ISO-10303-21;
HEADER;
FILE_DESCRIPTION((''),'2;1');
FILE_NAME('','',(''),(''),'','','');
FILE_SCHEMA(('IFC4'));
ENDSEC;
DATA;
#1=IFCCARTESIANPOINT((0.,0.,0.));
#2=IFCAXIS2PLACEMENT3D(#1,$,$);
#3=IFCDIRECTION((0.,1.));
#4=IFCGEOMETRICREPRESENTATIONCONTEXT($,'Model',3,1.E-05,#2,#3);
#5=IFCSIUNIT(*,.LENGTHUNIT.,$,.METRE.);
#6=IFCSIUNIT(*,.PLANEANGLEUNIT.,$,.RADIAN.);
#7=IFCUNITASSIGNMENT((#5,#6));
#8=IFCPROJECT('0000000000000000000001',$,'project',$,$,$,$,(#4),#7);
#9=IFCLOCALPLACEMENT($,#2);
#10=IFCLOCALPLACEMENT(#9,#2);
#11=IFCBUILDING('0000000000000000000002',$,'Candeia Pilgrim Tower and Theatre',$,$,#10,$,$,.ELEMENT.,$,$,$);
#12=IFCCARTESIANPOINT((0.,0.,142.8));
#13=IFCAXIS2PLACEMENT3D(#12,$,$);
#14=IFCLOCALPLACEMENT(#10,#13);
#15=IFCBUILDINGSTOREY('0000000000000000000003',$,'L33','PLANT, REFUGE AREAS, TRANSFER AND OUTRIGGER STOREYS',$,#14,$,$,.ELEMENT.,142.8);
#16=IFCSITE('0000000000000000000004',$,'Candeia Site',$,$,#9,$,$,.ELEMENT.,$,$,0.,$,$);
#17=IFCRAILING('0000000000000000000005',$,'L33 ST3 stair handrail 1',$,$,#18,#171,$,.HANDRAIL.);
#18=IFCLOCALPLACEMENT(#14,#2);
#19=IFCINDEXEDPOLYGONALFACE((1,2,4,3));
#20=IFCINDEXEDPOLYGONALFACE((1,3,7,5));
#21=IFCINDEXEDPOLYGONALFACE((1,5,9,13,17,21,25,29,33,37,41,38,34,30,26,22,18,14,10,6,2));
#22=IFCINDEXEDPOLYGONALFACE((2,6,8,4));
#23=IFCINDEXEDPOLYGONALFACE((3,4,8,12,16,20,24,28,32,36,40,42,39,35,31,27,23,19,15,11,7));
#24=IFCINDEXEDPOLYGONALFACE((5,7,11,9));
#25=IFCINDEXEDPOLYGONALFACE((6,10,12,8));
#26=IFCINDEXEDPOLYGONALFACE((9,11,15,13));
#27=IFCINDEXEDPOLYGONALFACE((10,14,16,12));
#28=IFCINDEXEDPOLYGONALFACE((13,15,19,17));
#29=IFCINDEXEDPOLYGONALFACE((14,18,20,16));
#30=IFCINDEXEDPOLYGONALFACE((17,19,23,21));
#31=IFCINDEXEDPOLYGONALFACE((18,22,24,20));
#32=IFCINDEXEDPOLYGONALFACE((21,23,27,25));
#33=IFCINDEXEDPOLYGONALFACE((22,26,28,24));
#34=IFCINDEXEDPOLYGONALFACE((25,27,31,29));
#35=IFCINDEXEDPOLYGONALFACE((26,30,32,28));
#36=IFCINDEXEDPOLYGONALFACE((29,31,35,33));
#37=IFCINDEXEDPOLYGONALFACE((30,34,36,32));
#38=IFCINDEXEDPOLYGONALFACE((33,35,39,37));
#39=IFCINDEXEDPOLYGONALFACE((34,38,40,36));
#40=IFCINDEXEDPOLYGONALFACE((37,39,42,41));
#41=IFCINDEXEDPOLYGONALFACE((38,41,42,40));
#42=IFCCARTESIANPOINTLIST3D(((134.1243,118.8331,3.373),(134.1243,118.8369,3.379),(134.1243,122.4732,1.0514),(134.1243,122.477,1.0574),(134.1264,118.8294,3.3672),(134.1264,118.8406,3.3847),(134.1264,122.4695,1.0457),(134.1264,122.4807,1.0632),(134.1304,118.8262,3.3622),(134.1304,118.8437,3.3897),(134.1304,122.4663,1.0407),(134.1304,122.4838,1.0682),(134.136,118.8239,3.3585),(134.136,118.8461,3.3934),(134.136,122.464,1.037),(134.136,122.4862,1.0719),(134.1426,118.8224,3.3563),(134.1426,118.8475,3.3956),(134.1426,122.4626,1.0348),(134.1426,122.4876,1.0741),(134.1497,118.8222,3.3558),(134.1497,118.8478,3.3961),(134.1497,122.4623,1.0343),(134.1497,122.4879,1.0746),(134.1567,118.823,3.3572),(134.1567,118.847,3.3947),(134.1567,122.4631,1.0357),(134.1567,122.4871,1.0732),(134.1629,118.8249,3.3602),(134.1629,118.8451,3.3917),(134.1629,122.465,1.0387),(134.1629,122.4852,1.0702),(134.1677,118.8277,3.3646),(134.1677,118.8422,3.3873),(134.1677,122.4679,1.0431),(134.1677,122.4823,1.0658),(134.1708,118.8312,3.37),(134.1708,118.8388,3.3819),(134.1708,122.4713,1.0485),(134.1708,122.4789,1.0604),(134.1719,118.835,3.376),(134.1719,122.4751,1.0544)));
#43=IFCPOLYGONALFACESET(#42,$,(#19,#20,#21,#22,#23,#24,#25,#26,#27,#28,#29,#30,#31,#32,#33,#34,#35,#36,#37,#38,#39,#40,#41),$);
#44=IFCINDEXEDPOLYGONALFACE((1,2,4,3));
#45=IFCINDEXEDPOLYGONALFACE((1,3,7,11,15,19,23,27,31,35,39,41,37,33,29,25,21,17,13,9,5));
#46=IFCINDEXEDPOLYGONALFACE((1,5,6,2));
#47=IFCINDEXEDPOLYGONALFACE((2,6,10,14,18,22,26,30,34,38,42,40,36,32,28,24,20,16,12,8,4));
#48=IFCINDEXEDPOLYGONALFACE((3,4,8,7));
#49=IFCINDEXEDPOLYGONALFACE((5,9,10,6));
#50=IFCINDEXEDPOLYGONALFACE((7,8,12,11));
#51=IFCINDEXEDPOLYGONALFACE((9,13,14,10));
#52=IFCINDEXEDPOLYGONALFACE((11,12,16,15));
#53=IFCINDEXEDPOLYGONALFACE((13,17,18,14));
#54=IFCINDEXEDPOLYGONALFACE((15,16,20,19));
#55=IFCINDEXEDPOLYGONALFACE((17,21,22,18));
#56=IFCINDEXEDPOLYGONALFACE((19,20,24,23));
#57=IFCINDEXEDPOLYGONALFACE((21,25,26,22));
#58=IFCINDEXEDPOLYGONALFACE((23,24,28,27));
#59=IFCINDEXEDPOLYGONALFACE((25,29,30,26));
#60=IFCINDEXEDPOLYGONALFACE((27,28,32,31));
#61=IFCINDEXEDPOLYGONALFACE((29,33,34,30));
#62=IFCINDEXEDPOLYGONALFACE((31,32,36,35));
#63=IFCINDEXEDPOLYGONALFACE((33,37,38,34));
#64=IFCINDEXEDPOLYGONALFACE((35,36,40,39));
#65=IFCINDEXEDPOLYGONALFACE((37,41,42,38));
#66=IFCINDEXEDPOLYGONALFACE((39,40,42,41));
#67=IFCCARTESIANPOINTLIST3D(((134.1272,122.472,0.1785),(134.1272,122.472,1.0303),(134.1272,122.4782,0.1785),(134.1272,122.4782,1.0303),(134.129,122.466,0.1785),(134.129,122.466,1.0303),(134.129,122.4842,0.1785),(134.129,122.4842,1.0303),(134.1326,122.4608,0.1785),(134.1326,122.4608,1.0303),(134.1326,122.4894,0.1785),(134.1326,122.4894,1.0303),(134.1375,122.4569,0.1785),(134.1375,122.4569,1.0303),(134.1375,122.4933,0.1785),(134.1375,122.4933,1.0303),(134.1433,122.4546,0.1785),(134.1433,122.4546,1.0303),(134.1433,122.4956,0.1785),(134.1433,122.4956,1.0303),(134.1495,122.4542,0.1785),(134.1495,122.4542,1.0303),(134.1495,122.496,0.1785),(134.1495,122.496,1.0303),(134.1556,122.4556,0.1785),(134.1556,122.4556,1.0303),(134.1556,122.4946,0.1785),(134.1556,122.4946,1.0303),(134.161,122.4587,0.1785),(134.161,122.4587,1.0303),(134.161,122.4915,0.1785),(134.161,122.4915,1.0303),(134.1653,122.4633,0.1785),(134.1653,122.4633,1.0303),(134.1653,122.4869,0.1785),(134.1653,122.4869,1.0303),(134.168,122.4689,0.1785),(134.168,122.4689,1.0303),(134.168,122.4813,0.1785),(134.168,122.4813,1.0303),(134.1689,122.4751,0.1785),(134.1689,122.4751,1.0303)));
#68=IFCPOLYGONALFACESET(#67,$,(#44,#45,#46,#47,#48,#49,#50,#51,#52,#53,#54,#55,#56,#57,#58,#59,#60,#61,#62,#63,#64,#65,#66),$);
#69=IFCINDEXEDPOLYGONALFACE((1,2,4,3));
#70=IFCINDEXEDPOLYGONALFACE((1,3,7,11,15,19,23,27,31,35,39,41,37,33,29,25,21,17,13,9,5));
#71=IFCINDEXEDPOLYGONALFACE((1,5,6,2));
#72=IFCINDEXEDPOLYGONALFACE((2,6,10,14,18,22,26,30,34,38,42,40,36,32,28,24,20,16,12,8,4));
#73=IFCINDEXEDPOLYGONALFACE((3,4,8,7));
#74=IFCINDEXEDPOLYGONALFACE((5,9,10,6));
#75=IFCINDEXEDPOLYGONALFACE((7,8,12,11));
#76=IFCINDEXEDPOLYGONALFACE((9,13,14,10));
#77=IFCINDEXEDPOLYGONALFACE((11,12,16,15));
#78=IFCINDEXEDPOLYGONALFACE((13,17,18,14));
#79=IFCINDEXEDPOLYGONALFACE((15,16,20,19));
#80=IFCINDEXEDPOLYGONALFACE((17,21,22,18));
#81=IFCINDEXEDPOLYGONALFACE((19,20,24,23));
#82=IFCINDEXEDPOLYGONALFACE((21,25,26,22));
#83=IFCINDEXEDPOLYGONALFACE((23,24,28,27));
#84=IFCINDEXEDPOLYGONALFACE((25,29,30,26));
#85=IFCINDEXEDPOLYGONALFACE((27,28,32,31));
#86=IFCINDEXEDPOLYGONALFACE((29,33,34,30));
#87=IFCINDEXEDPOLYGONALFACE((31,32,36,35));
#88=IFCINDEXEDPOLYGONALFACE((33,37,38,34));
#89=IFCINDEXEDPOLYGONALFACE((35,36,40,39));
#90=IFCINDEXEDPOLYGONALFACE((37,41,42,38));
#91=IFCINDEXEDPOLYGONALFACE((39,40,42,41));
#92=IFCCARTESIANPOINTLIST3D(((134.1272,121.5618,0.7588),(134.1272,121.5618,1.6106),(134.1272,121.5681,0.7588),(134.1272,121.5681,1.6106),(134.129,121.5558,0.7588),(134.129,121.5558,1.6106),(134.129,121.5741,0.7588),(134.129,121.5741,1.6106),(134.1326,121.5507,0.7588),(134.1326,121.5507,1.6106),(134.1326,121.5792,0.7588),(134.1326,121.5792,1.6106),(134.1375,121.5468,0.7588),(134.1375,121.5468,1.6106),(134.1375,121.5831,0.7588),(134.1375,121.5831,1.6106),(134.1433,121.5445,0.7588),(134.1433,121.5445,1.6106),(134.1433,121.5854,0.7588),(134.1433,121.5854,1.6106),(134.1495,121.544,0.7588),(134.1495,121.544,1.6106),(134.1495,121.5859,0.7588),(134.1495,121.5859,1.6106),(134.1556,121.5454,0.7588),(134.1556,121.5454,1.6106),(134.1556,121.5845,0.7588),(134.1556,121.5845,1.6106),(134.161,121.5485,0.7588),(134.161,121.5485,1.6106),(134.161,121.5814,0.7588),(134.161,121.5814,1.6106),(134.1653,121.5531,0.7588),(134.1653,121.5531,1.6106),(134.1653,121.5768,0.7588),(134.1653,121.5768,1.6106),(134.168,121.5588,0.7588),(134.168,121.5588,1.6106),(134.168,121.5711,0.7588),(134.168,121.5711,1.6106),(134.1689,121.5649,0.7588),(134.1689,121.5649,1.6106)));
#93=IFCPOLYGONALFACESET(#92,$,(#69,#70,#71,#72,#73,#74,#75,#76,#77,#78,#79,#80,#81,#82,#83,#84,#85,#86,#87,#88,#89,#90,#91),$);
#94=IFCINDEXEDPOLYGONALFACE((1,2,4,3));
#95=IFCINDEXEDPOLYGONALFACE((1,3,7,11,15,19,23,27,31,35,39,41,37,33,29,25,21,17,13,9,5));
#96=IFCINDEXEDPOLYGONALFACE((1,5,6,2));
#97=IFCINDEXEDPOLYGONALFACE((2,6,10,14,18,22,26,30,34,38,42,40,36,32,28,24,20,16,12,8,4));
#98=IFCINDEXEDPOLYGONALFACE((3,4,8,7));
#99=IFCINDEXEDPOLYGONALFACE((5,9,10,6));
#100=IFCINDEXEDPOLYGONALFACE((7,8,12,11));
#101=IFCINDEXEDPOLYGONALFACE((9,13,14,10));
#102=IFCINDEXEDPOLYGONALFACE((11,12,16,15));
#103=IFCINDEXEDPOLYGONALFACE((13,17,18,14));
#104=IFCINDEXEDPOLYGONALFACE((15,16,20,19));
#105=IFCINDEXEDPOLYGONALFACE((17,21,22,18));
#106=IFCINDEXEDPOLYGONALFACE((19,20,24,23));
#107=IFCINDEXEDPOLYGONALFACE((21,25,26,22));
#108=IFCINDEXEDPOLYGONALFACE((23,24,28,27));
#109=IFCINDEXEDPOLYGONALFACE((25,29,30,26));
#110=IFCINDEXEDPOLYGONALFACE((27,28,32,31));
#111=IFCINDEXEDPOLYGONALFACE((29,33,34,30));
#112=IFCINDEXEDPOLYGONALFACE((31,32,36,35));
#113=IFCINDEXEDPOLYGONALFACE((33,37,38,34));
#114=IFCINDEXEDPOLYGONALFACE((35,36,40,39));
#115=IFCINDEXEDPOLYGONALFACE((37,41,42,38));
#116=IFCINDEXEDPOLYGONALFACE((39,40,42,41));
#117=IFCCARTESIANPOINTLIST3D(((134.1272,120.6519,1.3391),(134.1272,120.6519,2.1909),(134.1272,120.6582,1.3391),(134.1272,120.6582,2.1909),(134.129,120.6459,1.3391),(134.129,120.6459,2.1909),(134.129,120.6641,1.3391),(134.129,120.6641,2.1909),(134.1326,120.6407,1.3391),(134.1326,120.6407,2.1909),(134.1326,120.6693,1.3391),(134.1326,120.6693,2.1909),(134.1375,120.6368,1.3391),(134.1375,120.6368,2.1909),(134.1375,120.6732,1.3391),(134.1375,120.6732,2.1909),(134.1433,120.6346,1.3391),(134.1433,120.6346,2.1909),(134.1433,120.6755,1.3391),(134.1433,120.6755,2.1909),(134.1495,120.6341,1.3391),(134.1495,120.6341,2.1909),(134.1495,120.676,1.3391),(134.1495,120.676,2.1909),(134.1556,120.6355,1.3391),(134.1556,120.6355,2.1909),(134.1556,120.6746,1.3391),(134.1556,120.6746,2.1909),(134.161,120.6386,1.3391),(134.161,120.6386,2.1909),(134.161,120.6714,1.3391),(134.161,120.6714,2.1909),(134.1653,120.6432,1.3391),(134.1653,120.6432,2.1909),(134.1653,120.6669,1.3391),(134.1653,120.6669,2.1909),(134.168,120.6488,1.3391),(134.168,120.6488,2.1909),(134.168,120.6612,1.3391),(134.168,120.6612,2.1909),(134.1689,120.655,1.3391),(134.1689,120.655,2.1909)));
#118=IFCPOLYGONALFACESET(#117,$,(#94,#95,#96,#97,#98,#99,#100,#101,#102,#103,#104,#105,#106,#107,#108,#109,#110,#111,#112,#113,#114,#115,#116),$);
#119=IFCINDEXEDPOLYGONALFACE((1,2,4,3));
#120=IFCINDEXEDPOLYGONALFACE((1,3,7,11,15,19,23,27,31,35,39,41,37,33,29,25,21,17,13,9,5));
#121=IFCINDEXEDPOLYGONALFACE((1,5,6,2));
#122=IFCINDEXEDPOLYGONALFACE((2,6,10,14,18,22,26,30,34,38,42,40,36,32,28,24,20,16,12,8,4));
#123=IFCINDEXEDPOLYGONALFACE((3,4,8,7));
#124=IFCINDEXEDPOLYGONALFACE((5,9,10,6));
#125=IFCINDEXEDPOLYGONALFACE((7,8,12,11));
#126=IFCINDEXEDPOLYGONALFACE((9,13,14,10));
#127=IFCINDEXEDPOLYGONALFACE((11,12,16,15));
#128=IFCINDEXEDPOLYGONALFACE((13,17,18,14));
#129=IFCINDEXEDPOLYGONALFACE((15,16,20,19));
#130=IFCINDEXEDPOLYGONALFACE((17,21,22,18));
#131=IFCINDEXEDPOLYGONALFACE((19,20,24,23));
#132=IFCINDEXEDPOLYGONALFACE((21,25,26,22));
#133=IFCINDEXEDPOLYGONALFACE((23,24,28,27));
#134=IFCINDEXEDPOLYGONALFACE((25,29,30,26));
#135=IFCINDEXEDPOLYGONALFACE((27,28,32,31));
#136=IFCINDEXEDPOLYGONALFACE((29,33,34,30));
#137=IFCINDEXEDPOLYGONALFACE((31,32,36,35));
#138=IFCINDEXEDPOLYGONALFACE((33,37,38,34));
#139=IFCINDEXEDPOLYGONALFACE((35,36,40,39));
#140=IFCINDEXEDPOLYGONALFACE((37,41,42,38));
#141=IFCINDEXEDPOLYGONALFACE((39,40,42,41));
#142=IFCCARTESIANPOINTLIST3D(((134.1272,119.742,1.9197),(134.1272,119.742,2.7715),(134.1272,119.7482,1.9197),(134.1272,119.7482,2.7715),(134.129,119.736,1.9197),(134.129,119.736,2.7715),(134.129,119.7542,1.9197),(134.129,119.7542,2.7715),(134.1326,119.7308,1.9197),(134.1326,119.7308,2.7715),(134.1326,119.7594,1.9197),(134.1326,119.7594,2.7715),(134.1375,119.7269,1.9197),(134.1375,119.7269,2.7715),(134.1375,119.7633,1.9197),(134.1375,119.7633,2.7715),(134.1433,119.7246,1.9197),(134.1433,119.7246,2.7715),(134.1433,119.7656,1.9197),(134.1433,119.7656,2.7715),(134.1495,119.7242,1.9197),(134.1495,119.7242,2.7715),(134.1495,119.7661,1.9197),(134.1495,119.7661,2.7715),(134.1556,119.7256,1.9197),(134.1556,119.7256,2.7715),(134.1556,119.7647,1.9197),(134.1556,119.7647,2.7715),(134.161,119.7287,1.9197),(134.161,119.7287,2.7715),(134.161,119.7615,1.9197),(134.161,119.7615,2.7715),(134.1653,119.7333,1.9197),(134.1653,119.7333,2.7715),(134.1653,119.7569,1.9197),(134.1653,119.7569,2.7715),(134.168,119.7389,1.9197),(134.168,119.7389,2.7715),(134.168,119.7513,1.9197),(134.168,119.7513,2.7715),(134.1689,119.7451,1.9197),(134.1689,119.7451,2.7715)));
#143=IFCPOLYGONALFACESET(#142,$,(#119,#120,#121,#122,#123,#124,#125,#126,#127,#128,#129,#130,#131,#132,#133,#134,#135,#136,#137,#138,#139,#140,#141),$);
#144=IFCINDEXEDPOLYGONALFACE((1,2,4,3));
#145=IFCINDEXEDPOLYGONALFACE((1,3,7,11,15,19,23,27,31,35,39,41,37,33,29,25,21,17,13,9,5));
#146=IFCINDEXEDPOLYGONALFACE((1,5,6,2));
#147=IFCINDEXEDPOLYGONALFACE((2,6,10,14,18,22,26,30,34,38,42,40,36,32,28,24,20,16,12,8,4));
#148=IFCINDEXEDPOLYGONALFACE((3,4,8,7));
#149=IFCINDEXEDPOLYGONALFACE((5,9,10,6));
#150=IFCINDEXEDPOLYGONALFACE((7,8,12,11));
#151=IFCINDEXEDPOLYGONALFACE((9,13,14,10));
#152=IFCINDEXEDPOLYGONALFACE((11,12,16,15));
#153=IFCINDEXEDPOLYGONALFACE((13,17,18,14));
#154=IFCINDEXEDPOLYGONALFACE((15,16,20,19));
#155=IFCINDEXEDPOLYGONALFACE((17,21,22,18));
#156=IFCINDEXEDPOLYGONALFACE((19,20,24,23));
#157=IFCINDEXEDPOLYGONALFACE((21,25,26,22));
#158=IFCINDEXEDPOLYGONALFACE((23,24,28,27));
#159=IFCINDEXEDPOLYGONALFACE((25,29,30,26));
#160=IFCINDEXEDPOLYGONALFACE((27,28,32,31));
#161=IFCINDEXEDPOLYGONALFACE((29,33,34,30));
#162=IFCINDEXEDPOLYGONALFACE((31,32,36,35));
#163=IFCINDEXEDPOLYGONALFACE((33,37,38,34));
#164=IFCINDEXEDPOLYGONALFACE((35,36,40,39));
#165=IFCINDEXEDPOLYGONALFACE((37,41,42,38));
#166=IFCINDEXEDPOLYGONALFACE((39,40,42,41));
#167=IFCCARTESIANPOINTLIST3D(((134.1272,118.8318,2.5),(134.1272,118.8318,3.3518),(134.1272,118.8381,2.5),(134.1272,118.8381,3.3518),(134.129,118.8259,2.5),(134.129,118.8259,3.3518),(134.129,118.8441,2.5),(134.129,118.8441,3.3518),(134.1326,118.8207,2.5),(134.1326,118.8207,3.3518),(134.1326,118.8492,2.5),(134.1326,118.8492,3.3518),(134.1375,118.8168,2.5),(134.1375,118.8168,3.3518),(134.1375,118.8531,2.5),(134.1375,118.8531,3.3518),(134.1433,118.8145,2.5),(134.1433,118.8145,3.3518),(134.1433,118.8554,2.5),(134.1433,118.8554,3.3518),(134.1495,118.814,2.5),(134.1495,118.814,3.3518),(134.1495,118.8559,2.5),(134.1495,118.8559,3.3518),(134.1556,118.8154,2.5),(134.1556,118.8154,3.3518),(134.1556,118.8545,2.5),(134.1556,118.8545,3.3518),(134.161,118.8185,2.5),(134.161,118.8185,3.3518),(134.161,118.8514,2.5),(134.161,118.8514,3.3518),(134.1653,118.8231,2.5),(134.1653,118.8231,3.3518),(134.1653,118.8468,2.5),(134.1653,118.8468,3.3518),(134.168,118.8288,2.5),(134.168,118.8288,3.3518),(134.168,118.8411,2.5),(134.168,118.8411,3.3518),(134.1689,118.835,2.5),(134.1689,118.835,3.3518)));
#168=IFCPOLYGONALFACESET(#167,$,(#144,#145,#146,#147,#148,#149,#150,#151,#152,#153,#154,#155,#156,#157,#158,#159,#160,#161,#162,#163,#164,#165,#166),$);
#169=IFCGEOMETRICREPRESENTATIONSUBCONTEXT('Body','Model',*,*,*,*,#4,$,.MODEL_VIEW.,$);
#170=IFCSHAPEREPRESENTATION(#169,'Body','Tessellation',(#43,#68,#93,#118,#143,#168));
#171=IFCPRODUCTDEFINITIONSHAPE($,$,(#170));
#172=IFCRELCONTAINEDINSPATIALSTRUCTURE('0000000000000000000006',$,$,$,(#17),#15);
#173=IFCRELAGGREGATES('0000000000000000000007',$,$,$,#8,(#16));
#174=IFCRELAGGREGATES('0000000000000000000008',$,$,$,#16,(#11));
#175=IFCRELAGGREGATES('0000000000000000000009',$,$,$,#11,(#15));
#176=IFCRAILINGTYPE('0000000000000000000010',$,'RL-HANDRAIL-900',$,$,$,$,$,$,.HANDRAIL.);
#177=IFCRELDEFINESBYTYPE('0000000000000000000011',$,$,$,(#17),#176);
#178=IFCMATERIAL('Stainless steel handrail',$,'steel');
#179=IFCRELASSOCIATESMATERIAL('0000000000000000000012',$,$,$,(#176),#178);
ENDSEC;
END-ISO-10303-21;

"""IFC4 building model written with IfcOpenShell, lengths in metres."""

from ifc_helpers import new_model, si_unit, direction, frame, origin, origin_2d, place, context, subcontext, project, spatial, circle, extrude, material, type_object, element, save


model = new_model("IFC4")

# Units and contexts
model_context = context("Model", 3, precision=1e-05, world=origin(), true_north=direction((0.0, 1.0)))
body_context = subcontext(model_context, "Body", "Model", "MODEL_VIEW")
ifc_project = project(units=[si_unit("LENGTHUNIT", "METRE"), si_unit("PLANEANGLEUNIT", "RADIAN")], contexts=[model_context])

# Site, building, storey
site_placement = place(None, origin())
site = spatial("IfcSite", under=ifc_project, at=site_placement, Name="Candeia Site", CompositionType="ELEMENT", RefElevation=0.0)
building_placement = place(site_placement, origin())
building = spatial("IfcBuilding", under=site, at=building_placement, Name="Candeia Pilgrim Tower and Theatre", CompositionType="ELEMENT")
storey_placement = place(building_placement, frame((0.0, 0.0, 142.8)))
storey = spatial("IfcBuildingStorey", under=building, at=storey_placement, Name="L33", Description="PLANT, REFUGE AREAS, TRANSFER AND OUTRIGGER STOREYS", CompositionType="ELEMENT", Elevation=142.8)

# Railing
ifc_material_1 = material(Name="Stainless steel handrail", Category="steel")
railing_type_1 = type_object("IfcRailingType", Name="RL-HANDRAIL-900", PredefinedType="HANDRAIL", material=ifc_material_1)
railing_1_placement = place(storey_placement, frame((134.1479, 122.4751, 0.1785)))
element("IfcRailing", 1, at=railing_1_placement, inside=storey, type_object=railing_type_1, Name="L33 ST3 stair handrail 1", PredefinedType="HANDRAIL", context=body_context, shape_type="SweptSolid", body=[
    extrude(circle(Radius=0.0239, at=origin_2d()), frame((0.0, 0.0, 0.876), z_axis=(0.0, -0.843128, 0.537713), x_axis=(1.0, 0.0, 0.0)), (0.0, 0.0, 1.0), 4.3174),
    extrude(circle(Radius=0.021, at=origin_2d()), origin(), (0.0, 0.0, 1.0), 0.8518),
    extrude(circle(Radius=0.021, at=origin_2d()), frame((0.0, -0.9102, 0.5803)), (0.0, 0.0, 1.0), 0.8518),
    extrude(circle(Radius=0.021, at=origin_2d()), frame((0.0, -1.8201, 1.1606)), (0.0, 0.0, 1.0), 0.8518),
    extrude(circle(Radius=0.021, at=origin_2d()), frame((0.0, -2.73, 1.7412)), (0.0, 0.0, 1.0), 0.8518),
    extrude(circle(Radius=0.021, at=origin_2d()), frame((0.0, -3.6401, 2.3215)), (0.0, 0.0, 1.0), 0.8518),
])

save(model, "model.ifc")
